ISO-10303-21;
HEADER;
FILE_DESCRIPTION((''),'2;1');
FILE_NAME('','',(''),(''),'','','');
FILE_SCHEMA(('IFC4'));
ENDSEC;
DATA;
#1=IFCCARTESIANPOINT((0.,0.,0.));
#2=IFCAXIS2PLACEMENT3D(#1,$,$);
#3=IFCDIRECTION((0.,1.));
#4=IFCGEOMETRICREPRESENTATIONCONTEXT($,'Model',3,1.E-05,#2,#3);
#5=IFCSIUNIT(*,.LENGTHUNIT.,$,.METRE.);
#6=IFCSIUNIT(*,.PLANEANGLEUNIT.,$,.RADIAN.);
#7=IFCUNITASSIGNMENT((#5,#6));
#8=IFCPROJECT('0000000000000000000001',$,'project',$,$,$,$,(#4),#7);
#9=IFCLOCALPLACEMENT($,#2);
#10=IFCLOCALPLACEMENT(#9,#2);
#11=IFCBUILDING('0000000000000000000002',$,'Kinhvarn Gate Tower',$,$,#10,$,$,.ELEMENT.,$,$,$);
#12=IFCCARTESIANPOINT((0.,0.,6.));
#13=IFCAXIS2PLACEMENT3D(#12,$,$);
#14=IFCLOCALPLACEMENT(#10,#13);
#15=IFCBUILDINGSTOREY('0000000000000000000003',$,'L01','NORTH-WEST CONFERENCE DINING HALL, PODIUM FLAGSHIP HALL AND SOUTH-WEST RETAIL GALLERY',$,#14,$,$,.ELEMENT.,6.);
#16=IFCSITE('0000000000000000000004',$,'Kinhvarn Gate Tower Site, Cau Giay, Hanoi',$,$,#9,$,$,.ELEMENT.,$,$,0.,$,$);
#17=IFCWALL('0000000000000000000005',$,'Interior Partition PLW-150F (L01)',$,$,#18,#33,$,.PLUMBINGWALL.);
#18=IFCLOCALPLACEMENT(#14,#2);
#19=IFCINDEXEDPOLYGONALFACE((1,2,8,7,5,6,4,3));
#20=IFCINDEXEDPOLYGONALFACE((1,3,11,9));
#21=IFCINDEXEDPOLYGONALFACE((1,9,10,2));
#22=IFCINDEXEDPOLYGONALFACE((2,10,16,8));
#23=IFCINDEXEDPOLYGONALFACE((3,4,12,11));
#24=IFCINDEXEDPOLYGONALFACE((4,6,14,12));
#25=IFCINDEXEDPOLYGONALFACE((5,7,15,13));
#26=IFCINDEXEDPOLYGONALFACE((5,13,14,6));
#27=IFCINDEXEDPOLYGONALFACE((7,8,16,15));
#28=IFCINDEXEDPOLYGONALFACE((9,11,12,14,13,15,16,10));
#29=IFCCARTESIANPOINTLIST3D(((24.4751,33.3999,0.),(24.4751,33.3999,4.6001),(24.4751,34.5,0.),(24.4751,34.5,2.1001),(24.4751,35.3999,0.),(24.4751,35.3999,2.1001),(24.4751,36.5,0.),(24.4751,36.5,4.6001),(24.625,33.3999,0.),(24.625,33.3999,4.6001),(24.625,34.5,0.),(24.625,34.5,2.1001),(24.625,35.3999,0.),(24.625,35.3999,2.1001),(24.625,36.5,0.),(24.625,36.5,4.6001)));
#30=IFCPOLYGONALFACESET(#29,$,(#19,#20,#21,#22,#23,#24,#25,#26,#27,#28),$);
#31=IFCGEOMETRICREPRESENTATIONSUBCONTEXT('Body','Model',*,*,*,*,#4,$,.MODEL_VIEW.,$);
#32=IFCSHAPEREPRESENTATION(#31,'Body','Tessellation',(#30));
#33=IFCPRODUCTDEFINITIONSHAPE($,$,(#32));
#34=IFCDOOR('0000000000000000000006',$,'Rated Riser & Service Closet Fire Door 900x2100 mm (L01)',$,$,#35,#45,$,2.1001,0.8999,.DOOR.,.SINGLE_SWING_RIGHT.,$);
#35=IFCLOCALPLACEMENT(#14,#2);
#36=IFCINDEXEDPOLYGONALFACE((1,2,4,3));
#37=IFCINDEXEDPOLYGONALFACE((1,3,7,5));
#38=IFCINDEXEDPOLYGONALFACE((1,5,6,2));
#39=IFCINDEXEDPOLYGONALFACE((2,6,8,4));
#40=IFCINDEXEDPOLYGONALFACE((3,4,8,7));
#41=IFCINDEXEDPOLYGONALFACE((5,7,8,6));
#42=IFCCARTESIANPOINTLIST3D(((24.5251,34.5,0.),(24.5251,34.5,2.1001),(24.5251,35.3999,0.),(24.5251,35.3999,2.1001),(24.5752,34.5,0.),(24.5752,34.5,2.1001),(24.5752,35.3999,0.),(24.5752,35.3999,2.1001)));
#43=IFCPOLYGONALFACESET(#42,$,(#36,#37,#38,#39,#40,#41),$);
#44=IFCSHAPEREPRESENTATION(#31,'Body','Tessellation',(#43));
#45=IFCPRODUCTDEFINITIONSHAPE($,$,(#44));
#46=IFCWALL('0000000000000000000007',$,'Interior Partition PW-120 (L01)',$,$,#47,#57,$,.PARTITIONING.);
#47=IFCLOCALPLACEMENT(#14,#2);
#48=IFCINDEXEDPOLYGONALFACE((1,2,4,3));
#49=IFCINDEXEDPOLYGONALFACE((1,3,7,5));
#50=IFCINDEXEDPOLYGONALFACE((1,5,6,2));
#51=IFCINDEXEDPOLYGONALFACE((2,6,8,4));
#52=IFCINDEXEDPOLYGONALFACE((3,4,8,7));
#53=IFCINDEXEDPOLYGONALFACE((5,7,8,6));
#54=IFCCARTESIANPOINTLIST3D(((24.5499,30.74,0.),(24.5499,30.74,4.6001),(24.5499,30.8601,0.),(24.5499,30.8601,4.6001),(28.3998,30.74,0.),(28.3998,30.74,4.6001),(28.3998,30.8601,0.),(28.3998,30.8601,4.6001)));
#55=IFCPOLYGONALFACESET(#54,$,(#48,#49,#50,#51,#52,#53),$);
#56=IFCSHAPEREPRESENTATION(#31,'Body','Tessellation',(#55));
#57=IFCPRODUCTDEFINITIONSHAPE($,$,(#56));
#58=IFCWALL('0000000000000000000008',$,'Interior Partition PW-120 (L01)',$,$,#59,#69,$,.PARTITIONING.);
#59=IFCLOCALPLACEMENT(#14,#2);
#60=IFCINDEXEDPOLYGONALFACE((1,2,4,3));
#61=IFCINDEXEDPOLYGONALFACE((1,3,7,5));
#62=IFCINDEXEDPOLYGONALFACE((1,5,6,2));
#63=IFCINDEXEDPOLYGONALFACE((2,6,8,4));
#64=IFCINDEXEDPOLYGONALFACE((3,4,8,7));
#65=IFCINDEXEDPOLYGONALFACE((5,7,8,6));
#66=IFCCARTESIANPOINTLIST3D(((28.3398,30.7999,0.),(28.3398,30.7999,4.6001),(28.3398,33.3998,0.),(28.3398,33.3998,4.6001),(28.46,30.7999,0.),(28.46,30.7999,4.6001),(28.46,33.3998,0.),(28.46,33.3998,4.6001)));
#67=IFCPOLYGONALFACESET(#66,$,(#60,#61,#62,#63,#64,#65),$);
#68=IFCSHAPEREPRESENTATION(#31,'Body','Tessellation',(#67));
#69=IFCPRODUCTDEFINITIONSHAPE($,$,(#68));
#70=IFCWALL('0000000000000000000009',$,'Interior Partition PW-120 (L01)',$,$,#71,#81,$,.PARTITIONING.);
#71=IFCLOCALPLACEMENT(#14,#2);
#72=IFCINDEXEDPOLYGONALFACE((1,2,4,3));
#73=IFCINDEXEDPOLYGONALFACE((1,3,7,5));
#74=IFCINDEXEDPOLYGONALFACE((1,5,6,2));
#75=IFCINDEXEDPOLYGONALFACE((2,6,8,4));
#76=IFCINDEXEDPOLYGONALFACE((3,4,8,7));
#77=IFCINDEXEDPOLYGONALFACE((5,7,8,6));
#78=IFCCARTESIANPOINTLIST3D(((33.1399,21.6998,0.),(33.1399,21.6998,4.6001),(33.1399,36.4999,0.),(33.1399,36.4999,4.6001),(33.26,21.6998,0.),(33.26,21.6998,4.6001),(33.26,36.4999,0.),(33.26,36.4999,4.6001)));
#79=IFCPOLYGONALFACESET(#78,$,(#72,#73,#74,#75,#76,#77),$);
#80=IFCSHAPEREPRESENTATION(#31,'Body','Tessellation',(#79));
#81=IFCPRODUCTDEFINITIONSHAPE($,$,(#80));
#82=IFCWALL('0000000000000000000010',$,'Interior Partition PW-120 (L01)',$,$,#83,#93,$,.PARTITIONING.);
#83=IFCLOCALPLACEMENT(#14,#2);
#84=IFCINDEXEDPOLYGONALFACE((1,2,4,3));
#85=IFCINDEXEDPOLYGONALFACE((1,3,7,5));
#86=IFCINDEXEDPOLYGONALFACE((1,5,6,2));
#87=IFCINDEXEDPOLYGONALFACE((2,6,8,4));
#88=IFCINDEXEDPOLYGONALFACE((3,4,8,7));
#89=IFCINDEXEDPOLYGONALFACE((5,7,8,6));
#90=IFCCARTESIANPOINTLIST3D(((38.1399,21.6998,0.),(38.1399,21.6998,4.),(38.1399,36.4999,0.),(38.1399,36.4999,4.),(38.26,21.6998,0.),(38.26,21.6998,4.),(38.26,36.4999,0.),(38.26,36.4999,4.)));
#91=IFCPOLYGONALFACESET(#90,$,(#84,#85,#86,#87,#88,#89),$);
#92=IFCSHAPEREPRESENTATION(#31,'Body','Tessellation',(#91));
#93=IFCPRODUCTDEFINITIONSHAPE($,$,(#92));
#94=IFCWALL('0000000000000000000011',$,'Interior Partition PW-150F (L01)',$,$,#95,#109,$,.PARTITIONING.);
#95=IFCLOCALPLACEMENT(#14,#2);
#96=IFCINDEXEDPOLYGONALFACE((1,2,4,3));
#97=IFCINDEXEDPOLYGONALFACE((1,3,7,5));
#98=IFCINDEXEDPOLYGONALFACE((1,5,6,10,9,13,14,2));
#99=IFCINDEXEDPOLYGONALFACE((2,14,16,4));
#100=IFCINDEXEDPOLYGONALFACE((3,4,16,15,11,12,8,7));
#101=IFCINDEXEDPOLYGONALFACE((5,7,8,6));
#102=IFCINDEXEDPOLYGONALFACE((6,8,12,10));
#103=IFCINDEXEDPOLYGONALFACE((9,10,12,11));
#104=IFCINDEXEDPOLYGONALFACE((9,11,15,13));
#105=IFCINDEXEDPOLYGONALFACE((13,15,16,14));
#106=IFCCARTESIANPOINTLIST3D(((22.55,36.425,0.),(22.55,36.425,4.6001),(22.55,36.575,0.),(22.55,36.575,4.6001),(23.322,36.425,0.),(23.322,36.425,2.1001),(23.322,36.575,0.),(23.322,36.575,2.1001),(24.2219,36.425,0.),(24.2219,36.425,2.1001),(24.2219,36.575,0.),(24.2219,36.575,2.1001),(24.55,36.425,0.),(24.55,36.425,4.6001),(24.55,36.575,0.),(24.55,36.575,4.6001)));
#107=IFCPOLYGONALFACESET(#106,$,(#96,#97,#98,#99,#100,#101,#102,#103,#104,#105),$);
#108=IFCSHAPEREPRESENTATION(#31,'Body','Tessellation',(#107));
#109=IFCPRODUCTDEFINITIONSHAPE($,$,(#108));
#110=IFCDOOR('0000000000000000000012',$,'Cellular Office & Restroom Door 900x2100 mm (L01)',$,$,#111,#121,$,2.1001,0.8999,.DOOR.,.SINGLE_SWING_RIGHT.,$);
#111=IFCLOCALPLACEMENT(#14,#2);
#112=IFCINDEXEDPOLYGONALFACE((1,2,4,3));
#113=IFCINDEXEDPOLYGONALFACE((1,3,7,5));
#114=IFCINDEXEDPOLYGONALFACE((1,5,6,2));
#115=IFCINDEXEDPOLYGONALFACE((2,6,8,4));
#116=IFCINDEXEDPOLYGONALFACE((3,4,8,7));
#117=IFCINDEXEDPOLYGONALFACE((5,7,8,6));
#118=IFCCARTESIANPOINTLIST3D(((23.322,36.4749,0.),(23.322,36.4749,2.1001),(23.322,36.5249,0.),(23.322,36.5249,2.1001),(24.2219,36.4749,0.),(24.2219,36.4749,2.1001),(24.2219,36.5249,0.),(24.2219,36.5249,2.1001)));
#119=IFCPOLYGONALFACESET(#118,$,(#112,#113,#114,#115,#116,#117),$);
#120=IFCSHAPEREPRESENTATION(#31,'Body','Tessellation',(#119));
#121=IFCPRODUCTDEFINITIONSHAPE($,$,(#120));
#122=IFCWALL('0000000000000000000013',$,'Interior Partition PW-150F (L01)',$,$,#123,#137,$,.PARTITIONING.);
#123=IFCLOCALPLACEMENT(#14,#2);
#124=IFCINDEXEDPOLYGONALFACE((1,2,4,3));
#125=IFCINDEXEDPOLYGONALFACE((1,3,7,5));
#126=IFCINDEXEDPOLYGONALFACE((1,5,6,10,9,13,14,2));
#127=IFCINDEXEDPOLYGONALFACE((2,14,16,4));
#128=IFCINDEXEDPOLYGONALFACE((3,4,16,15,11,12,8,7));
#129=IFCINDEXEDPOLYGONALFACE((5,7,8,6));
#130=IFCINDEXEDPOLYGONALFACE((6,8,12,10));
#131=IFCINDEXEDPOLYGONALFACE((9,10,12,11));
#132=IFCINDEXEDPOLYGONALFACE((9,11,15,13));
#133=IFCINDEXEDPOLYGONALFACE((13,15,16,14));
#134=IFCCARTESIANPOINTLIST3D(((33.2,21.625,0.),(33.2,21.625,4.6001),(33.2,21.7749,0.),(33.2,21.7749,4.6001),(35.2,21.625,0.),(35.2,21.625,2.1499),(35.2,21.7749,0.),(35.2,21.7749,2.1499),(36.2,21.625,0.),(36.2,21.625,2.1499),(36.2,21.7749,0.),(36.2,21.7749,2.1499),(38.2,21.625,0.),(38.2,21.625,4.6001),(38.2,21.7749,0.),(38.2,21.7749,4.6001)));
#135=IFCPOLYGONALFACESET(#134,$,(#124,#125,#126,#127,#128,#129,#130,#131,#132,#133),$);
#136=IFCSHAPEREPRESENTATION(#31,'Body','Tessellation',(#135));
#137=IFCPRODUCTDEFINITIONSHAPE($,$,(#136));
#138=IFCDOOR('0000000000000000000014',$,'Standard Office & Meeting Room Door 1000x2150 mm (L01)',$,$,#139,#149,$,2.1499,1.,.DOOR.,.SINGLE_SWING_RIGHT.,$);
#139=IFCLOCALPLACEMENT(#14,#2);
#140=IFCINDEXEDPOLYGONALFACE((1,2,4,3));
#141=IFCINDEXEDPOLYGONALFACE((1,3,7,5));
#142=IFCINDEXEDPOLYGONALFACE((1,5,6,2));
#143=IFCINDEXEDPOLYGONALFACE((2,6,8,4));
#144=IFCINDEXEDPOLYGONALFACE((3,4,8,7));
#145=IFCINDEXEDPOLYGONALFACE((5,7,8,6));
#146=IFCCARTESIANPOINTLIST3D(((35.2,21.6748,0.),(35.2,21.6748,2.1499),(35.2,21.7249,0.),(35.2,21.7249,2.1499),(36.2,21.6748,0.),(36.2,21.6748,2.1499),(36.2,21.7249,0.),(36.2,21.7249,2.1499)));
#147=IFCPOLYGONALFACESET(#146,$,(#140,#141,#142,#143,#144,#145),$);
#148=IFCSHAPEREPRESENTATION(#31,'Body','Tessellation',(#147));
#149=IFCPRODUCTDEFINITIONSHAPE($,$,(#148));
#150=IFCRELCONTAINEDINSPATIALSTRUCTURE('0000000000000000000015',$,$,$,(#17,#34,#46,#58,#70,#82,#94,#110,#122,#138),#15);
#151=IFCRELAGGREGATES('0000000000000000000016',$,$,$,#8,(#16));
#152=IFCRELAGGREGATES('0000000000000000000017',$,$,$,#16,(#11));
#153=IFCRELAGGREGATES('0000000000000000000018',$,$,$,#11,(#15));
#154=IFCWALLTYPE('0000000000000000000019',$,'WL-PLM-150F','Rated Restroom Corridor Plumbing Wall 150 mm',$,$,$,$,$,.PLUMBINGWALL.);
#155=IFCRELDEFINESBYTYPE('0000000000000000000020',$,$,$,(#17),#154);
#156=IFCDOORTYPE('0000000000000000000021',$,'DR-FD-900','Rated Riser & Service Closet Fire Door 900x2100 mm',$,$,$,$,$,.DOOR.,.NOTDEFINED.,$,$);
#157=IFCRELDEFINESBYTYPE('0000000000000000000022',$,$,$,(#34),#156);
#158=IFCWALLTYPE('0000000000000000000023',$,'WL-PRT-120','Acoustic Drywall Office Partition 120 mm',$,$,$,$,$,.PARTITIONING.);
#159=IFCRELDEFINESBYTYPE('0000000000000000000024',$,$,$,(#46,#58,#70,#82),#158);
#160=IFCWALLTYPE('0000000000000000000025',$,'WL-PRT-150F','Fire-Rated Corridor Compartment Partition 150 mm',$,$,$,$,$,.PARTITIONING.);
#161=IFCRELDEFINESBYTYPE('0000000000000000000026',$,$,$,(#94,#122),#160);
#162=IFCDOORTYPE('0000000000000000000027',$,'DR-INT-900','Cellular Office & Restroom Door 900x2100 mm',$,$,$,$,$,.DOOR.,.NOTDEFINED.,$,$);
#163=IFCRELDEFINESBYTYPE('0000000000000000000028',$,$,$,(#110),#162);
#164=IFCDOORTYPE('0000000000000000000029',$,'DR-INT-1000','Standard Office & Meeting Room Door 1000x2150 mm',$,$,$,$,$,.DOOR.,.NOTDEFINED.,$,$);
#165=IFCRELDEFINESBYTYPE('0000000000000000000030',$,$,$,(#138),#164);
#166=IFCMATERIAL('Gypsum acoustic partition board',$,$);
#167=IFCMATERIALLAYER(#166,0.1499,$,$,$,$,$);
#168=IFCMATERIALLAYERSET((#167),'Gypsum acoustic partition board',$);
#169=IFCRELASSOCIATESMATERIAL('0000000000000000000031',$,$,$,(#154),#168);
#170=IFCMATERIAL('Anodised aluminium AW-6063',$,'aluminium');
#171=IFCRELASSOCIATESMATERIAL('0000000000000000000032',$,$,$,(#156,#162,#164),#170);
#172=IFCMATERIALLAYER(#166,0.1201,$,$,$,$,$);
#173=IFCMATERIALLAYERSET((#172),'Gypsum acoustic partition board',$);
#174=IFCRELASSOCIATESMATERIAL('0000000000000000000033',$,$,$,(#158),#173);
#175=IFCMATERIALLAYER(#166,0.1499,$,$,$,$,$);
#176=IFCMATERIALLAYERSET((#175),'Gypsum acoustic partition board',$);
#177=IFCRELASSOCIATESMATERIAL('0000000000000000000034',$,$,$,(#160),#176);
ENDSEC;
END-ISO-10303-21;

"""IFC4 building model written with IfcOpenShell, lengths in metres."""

from ifc_helpers import new_model, si_unit, direction, frame, frame_2d, origin, place, context, subcontext, project, spatial, rectangle, extrude, material, layer, layer_set, type_object, element, fill, save


model = new_model("IFC4")

# Units and contexts
model_context = context("Model", 3, precision=1e-05, world=origin(), true_north=direction((0.0, 1.0)))
body_context = subcontext(model_context, "Body", "Model", "MODEL_VIEW")
ifc_project = project(units=[si_unit("LENGTHUNIT", "METRE"), si_unit("PLANEANGLEUNIT", "RADIAN")], contexts=[model_context])

# Site, building, storey
site_placement = place(None, origin())
site = spatial("IfcSite", under=ifc_project, at=site_placement, Name="Kinhvarn Gate Tower Site, Cau Giay, Hanoi", CompositionType="ELEMENT", RefElevation=0.0)
building_placement = place(site_placement, origin())
building = spatial("IfcBuilding", under=site, at=building_placement, Name="Kinhvarn Gate Tower", CompositionType="ELEMENT")
storey_placement = place(building_placement, frame((0.0, 0.0, 6.0)))
storey = spatial("IfcBuildingStorey", under=building, at=storey_placement, Name="L01", Description="NORTH-WEST CONFERENCE DINING HALL, PODIUM FLAGSHIP HALL AND SOUTH-WEST RETAIL GALLERY", CompositionType="ELEMENT", Elevation=6.0)

# Shared definitions
ifc_material_1 = material(Name="Gypsum acoustic partition board")

# Wall, opening, door
ifc_layer_1 = layer(ifc_material_1, 0.1499)
ifc_layer_set_1 = layer_set([ifc_layer_1], Name="Gypsum acoustic partition board")
wall_type_1 = type_object("IfcWallType", Name="WL-PLM-150F", Description="Rated Restroom Corridor Plumbing Wall 150 mm", PredefinedType="PLUMBINGWALL", material=ifc_layer_set_1)
wall_1_placement = place(storey_placement, frame((24.55, 33.3999, 0.0), z_axis=(0.0, 0.0, 1.0), x_axis=(0.0, 1.0, 0.0)))
wall_1 = element("IfcWall", 1, at=wall_1_placement, inside=storey, type_object=wall_type_1, Name="Interior Partition PLW-150F (L01)", PredefinedType="PLUMBINGWALL", context=body_context, shape_type="SweptSolid", body=[
    extrude(rectangle(XDim=3.1001, YDim=0.1499, at=frame_2d((1.55, 0.0))), origin(), (0.0, 0.0, 1.0), 4.6001),
])
opening_1_placement = place(wall_1_placement, frame((1.1001, 0.0, 0.0)))
opening_1 = element("IfcOpeningElement", 2, at=opening_1_placement, cuts=wall_1, PredefinedType="OPENING", context=body_context, shape_type="SweptSolid", body=[
    extrude(rectangle(XDim=0.8999, YDim=2.1001, at=frame_2d((0.45, 1.05))), frame((0.0, 0.085, 0.0), z_axis=(0.0, -1.0, 0.0), x_axis=(1.0, 0.0, 0.0)), (0.0, 0.0, 1.0), 0.1699),
])
ifc_material_2 = material(Name="Anodised aluminium AW-6063", Category="aluminium")
door_type_1 = type_object("IfcDoorType", Name="DR-FD-900", Description="Rated Riser & Service Closet Fire Door 900x2100 mm", OperationType="NOTDEFINED", PredefinedType="DOOR", material=ifc_material_2)
door_1_placement = place(opening_1_placement, origin())
door_1 = element("IfcDoor", 3, at=door_1_placement, inside=storey, type_object=door_type_1, Name="Rated Riser & Service Closet Fire Door 900x2100 mm (L01)", OperationType="SINGLE_SWING_RIGHT", OverallHeight=2.1001, OverallWidth=0.8999, PredefinedType="DOOR", context=body_context, shape_type="SweptSolid", body=[
    extrude(rectangle(XDim=0.8999, YDim=2.1001, at=frame_2d((0.45, 1.05))), frame((0.0, 0.0249, 0.0), z_axis=(0.0, -1.0, 0.0), x_axis=(1.0, 0.0, 0.0)), (0.0, 0.0, 1.0), 0.05),
])
fill(opening_1, door_1)

# Walls
ifc_layer_2 = layer(ifc_material_1, 0.1201)
ifc_layer_set_2 = layer_set([ifc_layer_2], Name="Gypsum acoustic partition board")
wall_type_2 = type_object("IfcWallType", Name="WL-PRT-120", Description="Acoustic Drywall Office Partition 120 mm", PredefinedType="PARTITIONING", material=ifc_layer_set_2)
wall_2_placement = place(storey_placement, frame((24.55, 30.8, 0.0), z_axis=(0.0, 0.0, 1.0), x_axis=(1.0, 0.0, 0.0)))
element("IfcWall", 4, at=wall_2_placement, inside=storey, type_object=wall_type_2, Name="Interior Partition PW-120 (L01)", PredefinedType="PARTITIONING", context=body_context, shape_type="SweptSolid", body=[
    extrude(rectangle(XDim=3.8499, YDim=0.1201, at=frame_2d((1.9248, 0.0))), origin(), (0.0, 0.0, 1.0), 4.6001),
])
wall_3_placement = place(storey_placement, frame((28.3999, 30.8, 0.0), z_axis=(0.0, 0.0, 1.0), x_axis=(0.0, 1.0, 0.0)))
element("IfcWall", 5, at=wall_3_placement, inside=storey, type_object=wall_type_2, Name="Interior Partition PW-120 (L01)", PredefinedType="PARTITIONING", context=body_context, shape_type="SweptSolid", body=[
    extrude(rectangle(XDim=2.5999, YDim=0.1201, at=frame_2d((1.2998, 0.0))), origin(), (0.0, 0.0, 1.0), 4.6001),
])
wall_4_placement = place(storey_placement, frame((33.2, 21.7, 0.0), z_axis=(0.0, 0.0, 1.0), x_axis=(0.0, 1.0, 0.0)))
element("IfcWall", 6, at=wall_4_placement, inside=storey, type_object=wall_type_2, Name="Interior Partition PW-120 (L01)", PredefinedType="PARTITIONING", context=body_context, shape_type="SweptSolid", body=[
    extrude(rectangle(XDim=14.8, YDim=0.1201, at=frame_2d((7.3999, 0.0))), origin(), (0.0, 0.0, 1.0), 4.6001),
])
wall_5_placement = place(storey_placement, frame((38.2, 21.7, 0.0), z_axis=(0.0, 0.0, 1.0), x_axis=(0.0, 1.0, 0.0)))
element("IfcWall", 7, at=wall_5_placement, inside=storey, type_object=wall_type_2, Name="Interior Partition PW-120 (L01)", PredefinedType="PARTITIONING", context=body_context, shape_type="SweptSolid", body=[
    extrude(rectangle(XDim=14.8, YDim=0.1201, at=frame_2d((7.3999, 0.0))), origin(), (0.0, 0.0, 1.0), 4.0),
])

# Walls, openings, doors
ifc_layer_3 = layer(ifc_material_1, 0.1499)
ifc_layer_set_3 = layer_set([ifc_layer_3], Name="Gypsum acoustic partition board")
wall_type_3 = type_object("IfcWallType", Name="WL-PRT-150F", Description="Fire-Rated Corridor Compartment Partition 150 mm", PredefinedType="PARTITIONING", material=ifc_layer_set_3)
wall_6_placement = place(storey_placement, frame((22.55, 36.5, 0.0), z_axis=(0.0, 0.0, 1.0), x_axis=(1.0, 0.0, 0.0)))
wall_6 = element("IfcWall", 8, at=wall_6_placement, inside=storey, type_object=wall_type_3, Name="Interior Partition PW-150F (L01)", PredefinedType="PARTITIONING", context=body_context, shape_type="SweptSolid", body=[
    extrude(rectangle(XDim=2.0, YDim=0.1499, at=frame_2d((1.0, 0.0))), origin(), (0.0, 0.0, 1.0), 4.6001),
])
opening_2_placement = place(wall_6_placement, frame((0.772, 0.0, 0.0)))
opening_2 = element("IfcOpeningElement", 9, at=opening_2_placement, cuts=wall_6, PredefinedType="OPENING", context=body_context, shape_type="SweptSolid", body=[
    extrude(rectangle(XDim=0.8999, YDim=2.1001, at=frame_2d((0.45, 1.05))), frame((0.0, 0.085, 0.0), z_axis=(0.0, -1.0, 0.0), x_axis=(1.0, 0.0, 0.0)), (0.0, 0.0, 1.0), 0.1699),
])
door_type_2 = type_object("IfcDoorType", Name="DR-INT-900", Description="Cellular Office & Restroom Door 900x2100 mm", OperationType="NOTDEFINED", PredefinedType="DOOR", material=ifc_material_2)
door_2_placement = place(opening_2_placement, origin())
door_2 = element("IfcDoor", 10, at=door_2_placement, inside=storey, type_object=door_type_2, Name="Cellular Office & Restroom Door 900x2100 mm (L01)", OperationType="SINGLE_SWING_RIGHT", OverallHeight=2.1001, OverallWidth=0.8999, PredefinedType="DOOR", context=body_context, shape_type="SweptSolid", body=[
    extrude(rectangle(XDim=0.8999, YDim=2.1001, at=frame_2d((0.45, 1.05))), frame((0.0, 0.0249, 0.0), z_axis=(0.0, -1.0, 0.0), x_axis=(1.0, 0.0, 0.0)), (0.0, 0.0, 1.0), 0.05),
])
fill(opening_2, door_2)
door_type_3 = type_object("IfcDoorType", Name="DR-INT-1000", Description="Standard Office & Meeting Room Door 1000x2150 mm", OperationType="NOTDEFINED", PredefinedType="DOOR", material=ifc_material_2)
wall_7_placement = place(storey_placement, frame((33.2, 21.7, 0.0), z_axis=(0.0, 0.0, 1.0), x_axis=(1.0, 0.0, 0.0)))
wall_7 = element("IfcWall", 11, at=wall_7_placement, inside=storey, type_object=wall_type_3, Name="Interior Partition PW-150F (L01)", PredefinedType="PARTITIONING", context=body_context, shape_type="SweptSolid", body=[
    extrude(rectangle(XDim=5.0, YDim=0.1499, at=frame_2d((2.5, 0.0))), origin(), (0.0, 0.0, 1.0), 4.6001),
])
opening_3_placement = place(wall_7_placement, frame((2.0, 0.0, 0.0)))
opening_3 = element("IfcOpeningElement", 12, at=opening_3_placement, cuts=wall_7, PredefinedType="OPENING", context=body_context, shape_type="SweptSolid", body=[
    extrude(rectangle(XDim=1.0, YDim=2.1499, at=frame_2d((0.5, 1.075))), frame((0.0, 0.085, 0.0), z_axis=(0.0, -1.0, 0.0), x_axis=(1.0, 0.0, 0.0)), (0.0, 0.0, 1.0), 0.1699),
])
door_3_placement = place(opening_3_placement, origin())
door_3 = element("IfcDoor", 13, at=door_3_placement, inside=storey, type_object=door_type_3, Name="Standard Office & Meeting Room Door 1000x2150 mm (L01)", OperationType="SINGLE_SWING_RIGHT", OverallHeight=2.1499, OverallWidth=1.0, PredefinedType="DOOR", context=body_context, shape_type="SweptSolid", body=[
    extrude(rectangle(XDim=1.0, YDim=2.1499, at=frame_2d((0.5, 1.075))), frame((0.0, 0.0249, 0.0), z_axis=(0.0, -1.0, 0.0), x_axis=(1.0, 0.0, 0.0)), (0.0, 0.0, 1.0), 0.05),
])
fill(opening_3, door_3)

save(model, "model.ifc")
